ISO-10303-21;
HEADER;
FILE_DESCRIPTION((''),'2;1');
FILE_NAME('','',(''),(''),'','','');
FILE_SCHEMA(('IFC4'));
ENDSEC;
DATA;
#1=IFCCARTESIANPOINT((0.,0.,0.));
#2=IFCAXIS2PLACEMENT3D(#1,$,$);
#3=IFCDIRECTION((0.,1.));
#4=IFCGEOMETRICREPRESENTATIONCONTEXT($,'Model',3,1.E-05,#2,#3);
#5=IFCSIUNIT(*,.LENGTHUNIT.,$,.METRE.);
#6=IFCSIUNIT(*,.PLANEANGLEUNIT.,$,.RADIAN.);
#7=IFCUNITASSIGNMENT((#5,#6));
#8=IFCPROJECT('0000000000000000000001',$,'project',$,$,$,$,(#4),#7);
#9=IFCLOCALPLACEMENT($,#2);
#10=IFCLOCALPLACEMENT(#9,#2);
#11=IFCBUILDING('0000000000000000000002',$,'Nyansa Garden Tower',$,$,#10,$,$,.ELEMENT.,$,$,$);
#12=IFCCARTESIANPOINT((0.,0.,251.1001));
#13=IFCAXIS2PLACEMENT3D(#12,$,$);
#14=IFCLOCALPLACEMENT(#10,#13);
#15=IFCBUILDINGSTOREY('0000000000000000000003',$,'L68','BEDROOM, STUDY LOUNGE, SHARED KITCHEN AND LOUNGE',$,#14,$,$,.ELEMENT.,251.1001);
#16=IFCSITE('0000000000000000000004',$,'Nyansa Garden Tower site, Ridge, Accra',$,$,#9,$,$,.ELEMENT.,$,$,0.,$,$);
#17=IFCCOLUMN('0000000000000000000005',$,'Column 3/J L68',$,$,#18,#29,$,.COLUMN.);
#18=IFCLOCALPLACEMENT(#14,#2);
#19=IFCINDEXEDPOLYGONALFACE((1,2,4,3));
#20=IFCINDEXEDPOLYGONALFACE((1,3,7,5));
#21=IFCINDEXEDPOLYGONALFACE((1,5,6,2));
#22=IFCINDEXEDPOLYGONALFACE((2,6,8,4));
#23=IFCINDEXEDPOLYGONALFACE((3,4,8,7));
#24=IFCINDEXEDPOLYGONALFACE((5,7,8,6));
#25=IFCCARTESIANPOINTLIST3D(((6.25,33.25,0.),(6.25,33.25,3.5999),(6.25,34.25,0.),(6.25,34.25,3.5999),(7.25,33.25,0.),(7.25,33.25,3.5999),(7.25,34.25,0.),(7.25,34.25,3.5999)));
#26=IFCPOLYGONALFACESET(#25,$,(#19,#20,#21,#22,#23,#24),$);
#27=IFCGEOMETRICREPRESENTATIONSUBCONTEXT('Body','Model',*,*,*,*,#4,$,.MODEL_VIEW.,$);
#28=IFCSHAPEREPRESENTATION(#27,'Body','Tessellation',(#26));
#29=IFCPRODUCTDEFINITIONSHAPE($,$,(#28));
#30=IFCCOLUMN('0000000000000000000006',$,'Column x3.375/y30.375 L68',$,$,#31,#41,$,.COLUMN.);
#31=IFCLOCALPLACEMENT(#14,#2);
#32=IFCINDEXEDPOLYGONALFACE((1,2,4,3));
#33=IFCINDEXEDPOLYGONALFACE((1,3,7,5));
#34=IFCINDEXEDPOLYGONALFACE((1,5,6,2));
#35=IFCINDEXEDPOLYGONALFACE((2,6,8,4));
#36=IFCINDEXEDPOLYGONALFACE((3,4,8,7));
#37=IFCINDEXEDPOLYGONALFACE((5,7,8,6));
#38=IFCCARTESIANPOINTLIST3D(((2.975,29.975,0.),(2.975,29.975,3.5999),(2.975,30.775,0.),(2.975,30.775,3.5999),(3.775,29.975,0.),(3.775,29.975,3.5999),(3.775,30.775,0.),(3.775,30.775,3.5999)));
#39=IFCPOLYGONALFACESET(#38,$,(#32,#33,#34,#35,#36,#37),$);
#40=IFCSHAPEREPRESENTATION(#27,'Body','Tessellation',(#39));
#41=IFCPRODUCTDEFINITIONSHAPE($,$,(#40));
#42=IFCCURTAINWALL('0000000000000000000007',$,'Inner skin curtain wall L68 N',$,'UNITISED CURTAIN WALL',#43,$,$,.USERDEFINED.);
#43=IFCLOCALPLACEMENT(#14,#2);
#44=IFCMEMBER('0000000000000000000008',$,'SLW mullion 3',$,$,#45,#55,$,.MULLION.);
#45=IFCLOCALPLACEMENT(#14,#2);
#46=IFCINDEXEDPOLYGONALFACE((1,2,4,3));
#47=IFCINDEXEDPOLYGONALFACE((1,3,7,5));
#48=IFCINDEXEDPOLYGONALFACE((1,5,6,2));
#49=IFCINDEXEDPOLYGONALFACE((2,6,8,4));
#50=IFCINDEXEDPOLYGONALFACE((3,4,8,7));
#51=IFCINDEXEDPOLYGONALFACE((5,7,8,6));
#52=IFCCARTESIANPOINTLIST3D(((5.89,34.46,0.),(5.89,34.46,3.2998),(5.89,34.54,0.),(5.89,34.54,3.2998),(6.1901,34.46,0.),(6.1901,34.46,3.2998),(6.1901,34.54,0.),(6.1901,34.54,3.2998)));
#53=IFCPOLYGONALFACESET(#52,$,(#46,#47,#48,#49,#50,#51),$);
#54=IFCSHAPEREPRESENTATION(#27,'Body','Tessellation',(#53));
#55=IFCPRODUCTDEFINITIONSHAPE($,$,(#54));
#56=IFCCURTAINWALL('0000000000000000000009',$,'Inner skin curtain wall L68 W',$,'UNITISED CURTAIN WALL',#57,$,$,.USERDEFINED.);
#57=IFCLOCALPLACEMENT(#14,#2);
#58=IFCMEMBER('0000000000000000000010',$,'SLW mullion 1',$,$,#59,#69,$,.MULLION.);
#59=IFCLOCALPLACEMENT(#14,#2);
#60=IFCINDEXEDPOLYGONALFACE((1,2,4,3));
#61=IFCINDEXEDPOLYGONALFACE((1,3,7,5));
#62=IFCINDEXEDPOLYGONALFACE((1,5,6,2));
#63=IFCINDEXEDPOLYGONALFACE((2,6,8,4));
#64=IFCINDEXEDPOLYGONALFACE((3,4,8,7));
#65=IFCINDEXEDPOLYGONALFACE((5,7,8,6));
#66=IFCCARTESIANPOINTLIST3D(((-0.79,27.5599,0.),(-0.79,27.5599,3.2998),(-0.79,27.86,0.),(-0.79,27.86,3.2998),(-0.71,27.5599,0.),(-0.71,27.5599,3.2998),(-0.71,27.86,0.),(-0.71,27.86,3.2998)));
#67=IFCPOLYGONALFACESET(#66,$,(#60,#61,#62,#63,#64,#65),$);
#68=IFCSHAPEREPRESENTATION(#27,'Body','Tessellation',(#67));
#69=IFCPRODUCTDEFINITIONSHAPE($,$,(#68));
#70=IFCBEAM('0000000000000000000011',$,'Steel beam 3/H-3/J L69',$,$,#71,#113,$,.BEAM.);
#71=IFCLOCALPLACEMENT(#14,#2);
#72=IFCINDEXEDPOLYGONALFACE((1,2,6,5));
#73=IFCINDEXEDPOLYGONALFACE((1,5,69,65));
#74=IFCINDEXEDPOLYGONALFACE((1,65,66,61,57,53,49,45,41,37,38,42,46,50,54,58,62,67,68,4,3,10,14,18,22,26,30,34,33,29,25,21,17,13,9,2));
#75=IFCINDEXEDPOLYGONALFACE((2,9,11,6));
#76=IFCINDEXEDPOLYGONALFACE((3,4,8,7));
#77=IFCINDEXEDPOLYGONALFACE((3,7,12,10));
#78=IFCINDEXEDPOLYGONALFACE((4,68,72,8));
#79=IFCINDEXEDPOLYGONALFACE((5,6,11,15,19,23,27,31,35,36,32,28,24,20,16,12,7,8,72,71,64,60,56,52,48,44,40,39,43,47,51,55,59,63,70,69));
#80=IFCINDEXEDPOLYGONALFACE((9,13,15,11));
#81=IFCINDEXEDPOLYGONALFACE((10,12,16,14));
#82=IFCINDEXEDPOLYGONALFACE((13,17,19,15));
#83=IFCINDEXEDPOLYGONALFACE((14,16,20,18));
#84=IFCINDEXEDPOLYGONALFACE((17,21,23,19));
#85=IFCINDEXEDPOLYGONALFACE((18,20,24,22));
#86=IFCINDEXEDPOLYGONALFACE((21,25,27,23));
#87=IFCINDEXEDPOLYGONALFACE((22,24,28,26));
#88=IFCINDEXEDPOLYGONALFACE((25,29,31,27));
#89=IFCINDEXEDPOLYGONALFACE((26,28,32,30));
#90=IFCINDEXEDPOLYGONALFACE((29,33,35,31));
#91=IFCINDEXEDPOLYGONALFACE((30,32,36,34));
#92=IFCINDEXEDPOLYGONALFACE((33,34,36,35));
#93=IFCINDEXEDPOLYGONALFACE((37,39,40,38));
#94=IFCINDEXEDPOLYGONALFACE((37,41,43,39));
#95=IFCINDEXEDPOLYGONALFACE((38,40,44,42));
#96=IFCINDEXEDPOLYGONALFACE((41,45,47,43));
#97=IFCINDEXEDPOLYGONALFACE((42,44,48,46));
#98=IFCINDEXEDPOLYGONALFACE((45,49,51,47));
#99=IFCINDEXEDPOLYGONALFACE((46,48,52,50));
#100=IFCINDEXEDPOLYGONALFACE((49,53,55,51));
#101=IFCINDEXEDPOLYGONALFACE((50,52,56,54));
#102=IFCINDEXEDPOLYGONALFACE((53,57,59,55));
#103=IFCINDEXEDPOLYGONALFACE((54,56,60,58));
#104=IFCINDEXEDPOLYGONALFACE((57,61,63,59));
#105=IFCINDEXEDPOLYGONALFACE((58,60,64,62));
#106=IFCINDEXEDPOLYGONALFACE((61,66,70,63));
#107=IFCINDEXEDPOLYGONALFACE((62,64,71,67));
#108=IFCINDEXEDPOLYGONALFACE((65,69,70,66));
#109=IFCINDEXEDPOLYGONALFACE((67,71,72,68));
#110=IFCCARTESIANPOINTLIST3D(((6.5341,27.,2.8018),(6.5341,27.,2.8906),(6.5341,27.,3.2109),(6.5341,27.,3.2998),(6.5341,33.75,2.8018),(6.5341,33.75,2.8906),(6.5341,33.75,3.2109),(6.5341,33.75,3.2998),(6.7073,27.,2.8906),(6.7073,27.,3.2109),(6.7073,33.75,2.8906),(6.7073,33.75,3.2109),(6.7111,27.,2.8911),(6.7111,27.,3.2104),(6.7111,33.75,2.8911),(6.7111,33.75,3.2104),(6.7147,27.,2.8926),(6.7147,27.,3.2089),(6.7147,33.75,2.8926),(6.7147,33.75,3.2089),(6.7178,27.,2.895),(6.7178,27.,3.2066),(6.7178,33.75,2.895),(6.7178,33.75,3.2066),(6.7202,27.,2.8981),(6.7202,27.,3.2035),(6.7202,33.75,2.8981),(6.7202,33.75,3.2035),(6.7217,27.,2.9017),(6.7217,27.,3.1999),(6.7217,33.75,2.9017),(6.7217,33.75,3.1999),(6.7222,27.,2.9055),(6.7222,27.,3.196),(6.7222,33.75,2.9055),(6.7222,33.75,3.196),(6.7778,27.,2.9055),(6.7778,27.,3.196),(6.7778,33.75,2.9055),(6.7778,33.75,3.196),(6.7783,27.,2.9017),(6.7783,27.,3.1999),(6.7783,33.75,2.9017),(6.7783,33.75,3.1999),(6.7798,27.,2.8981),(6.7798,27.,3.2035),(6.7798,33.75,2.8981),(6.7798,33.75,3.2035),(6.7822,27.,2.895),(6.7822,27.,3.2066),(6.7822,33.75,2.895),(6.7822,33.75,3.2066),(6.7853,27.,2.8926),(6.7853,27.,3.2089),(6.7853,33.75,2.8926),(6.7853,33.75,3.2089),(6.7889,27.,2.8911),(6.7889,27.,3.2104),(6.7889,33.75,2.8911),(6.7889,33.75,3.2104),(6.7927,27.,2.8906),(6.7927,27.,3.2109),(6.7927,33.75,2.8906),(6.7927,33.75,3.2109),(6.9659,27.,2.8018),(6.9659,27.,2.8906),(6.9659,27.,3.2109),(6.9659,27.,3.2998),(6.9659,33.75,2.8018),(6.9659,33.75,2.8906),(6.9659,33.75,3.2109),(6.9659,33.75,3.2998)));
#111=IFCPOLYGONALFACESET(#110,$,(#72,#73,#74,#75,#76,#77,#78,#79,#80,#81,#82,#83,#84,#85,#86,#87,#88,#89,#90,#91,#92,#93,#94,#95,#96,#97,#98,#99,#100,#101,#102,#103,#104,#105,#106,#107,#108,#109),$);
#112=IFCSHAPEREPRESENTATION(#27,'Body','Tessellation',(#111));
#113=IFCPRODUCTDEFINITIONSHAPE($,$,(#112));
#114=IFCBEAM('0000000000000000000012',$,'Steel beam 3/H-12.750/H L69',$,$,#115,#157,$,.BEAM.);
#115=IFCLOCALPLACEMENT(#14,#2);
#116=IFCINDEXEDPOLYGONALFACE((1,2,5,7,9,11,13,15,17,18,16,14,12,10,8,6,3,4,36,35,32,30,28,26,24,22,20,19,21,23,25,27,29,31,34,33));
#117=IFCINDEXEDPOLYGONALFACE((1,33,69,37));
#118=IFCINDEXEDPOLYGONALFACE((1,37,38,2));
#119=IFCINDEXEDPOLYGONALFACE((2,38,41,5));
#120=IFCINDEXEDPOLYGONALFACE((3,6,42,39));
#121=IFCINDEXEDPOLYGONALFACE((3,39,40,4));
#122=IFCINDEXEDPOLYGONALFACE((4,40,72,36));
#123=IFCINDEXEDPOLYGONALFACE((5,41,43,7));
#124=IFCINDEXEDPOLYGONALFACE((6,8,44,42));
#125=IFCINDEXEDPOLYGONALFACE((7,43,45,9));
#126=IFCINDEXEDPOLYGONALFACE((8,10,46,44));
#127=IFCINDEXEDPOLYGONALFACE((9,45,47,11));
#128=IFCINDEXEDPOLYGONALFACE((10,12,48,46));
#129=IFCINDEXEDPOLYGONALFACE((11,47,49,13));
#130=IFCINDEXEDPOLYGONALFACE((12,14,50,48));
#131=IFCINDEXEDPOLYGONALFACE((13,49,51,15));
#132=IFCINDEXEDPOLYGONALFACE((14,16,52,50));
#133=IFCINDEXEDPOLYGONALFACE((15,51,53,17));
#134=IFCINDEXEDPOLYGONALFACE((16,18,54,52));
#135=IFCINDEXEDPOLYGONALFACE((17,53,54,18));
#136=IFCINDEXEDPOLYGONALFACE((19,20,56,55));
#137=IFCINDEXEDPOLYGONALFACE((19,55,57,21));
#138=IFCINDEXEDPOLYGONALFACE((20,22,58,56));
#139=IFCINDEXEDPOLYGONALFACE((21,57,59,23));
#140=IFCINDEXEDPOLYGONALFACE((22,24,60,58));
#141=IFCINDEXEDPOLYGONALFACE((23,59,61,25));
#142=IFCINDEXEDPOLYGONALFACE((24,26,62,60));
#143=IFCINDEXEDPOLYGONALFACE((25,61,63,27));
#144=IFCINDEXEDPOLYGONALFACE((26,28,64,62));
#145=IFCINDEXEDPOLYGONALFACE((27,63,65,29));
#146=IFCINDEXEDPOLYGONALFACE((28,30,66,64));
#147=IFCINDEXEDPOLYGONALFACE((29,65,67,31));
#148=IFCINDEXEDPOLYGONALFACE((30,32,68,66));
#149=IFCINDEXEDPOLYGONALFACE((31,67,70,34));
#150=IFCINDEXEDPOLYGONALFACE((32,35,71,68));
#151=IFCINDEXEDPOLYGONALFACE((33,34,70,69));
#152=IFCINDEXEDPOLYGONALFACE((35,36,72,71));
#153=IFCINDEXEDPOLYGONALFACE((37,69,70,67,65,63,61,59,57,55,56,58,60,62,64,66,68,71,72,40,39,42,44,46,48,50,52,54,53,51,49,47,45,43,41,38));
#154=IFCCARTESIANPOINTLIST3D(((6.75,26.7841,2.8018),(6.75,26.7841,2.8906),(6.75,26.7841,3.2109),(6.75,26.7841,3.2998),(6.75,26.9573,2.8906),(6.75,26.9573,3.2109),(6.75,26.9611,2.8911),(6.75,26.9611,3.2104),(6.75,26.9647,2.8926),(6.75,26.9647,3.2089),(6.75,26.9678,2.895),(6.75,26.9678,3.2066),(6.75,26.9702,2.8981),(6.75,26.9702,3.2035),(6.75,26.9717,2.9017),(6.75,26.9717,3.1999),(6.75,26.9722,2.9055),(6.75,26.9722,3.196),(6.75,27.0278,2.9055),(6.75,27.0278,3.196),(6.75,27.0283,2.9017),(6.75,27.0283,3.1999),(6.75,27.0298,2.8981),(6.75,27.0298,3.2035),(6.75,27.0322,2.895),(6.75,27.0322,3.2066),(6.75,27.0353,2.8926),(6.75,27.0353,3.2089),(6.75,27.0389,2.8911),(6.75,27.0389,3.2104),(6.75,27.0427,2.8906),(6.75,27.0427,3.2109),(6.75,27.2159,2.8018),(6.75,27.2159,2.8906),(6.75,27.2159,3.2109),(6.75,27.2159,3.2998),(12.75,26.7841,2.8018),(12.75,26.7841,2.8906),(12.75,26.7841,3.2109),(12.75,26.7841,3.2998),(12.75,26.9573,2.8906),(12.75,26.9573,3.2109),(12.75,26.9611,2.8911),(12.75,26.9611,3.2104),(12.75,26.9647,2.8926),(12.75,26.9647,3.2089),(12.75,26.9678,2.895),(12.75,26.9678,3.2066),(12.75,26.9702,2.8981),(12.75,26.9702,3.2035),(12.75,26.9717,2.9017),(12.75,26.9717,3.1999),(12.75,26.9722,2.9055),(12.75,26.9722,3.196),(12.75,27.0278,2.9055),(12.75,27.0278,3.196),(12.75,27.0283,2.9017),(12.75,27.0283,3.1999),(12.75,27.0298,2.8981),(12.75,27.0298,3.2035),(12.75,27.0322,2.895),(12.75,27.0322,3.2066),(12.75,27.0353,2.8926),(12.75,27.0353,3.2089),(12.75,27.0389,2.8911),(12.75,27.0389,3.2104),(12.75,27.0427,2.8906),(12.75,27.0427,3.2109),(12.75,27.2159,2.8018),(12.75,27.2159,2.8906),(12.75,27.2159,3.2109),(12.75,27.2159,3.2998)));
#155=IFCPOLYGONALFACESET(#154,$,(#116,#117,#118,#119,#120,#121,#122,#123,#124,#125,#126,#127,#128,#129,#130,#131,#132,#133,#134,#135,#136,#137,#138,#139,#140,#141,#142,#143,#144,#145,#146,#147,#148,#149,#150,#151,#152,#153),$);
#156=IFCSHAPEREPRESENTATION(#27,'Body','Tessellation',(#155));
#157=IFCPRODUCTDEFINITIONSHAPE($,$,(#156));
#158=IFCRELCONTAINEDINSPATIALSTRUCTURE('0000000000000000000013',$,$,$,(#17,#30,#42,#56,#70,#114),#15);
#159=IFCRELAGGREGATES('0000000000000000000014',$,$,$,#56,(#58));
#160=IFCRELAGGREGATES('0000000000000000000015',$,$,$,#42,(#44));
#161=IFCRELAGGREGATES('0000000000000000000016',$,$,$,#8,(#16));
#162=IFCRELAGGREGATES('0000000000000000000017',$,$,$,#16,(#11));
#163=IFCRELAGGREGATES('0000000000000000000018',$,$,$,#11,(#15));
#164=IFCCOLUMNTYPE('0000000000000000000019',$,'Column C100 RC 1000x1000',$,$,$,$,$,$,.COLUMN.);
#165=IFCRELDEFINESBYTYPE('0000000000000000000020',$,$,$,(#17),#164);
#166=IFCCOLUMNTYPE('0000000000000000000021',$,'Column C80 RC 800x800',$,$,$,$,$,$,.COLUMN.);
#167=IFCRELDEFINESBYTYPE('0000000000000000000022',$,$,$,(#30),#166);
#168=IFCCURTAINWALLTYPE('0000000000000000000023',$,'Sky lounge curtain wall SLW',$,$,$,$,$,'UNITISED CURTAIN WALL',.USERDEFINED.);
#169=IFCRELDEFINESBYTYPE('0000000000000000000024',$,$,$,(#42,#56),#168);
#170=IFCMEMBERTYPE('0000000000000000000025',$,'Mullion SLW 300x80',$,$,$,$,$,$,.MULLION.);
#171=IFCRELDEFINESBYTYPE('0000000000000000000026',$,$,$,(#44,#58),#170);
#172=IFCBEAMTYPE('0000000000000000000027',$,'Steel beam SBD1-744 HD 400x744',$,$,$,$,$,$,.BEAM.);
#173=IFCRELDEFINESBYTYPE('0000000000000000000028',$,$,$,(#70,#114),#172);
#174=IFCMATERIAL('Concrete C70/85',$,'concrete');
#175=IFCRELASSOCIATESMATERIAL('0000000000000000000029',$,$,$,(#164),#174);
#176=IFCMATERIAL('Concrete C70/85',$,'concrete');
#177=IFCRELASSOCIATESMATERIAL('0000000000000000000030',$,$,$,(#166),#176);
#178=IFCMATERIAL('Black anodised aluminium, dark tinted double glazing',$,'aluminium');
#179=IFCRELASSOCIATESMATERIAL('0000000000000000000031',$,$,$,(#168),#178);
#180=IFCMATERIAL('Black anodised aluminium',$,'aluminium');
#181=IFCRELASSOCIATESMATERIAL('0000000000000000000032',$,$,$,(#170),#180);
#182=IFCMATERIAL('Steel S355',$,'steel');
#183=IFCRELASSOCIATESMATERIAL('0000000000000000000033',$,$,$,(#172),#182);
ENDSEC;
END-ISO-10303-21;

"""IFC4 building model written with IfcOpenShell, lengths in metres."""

from ifc_helpers import new_model, si_unit, direction, frame, origin, origin_2d, place, context, subcontext, project, spatial, rectangle, i_section, extrude, material, material_profile, profile_set, type_object, element, aggregate, save


model = new_model("IFC4")

# Units and contexts
model_context = context("Model", 3, precision=1e-05, world=origin(), true_north=direction((0.0, 1.0)))
body_context = subcontext(model_context, "Body", "Model", "MODEL_VIEW")
ifc_project = project(units=[si_unit("LENGTHUNIT", "METRE"), si_unit("PLANEANGLEUNIT", "RADIAN")], contexts=[model_context])

# Site, building, storey
site_placement = place(None, origin())
site = spatial("IfcSite", under=ifc_project, at=site_placement, Name="Nyansa Garden Tower site, Ridge, Accra", CompositionType="ELEMENT", RefElevation=0.0)
building_placement = place(site_placement, origin())
building = spatial("IfcBuilding", under=site, at=building_placement, Name="Nyansa Garden Tower", CompositionType="ELEMENT")
storey_placement = place(building_placement, frame((0.0, 0.0, 251.1001)))
storey = spatial("IfcBuildingStorey", under=building, at=storey_placement, Name="L68", Description="BEDROOM, STUDY LOUNGE, SHARED KITCHEN AND LOUNGE", CompositionType="ELEMENT", Elevation=251.1001)

# Columns
ifc_material_1 = material(Name="Concrete C70/85", Category="concrete")
ifc_material_profile_1 = material_profile(ifc_material_1, rectangle(XDim=1.0, YDim=1.0, at=origin_2d()), Name="RC 1000x1000")
ifc_profile_set_1 = profile_set([ifc_material_profile_1], Name="Concrete C70/85")
column_type_1 = type_object("IfcColumnType", Name="Column C100 RC 1000x1000", PredefinedType="COLUMN", material=ifc_profile_set_1)
column_1_placement = place(storey_placement, frame((6.75, 33.75, 0.0), z_axis=(0.0, 0.0, 1.0), x_axis=(1.0, 0.0, 0.0)))
element("IfcColumn", 1, at=column_1_placement, inside=storey, type_object=column_type_1, Name="Column 3/J L68", PredefinedType="COLUMN", context=body_context, shape_type="SweptSolid", body=[
    extrude(rectangle(XDim=1.0, YDim=1.0, at=origin_2d()), origin(), (0.0, 0.0, 1.0), 3.5999),
])
ifc_material_2 = material(Name="Concrete C70/85", Category="concrete")
ifc_material_profile_2 = material_profile(ifc_material_2, rectangle(XDim=0.8, YDim=0.8, at=origin_2d()), Name="RC 800x800")
ifc_profile_set_2 = profile_set([ifc_material_profile_2], Name="Concrete C70/85")
column_type_2 = type_object("IfcColumnType", Name="Column C80 RC 800x800", PredefinedType="COLUMN", material=ifc_profile_set_2)
column_2_placement = place(storey_placement, frame((3.375, 30.375, 0.0), z_axis=(0.0, 0.0, 1.0), x_axis=(1.0, 0.0, 0.0)))
element("IfcColumn", 2, at=column_2_placement, inside=storey, type_object=column_type_2, Name="Column x3.375/y30.375 L68", PredefinedType="COLUMN", context=body_context, shape_type="SweptSolid", body=[
    extrude(rectangle(XDim=0.8, YDim=0.8, at=origin_2d()), origin(), (0.0, 0.0, 1.0), 3.5999),
])

# Curtain walls, members
ifc_material_3 = material(Name="Black anodised aluminium, dark tinted double glazing", Category="aluminium")
curtain_wall_type = type_object("IfcCurtainWallType", Name="Sky lounge curtain wall SLW", ElementType="UNITISED CURTAIN WALL", PredefinedType="USERDEFINED", material=ifc_material_3)
curtain_wall_1_placement = place(storey_placement, origin())
curtain_wall_1 = element("IfcCurtainWall", 3, at=curtain_wall_1_placement, inside=storey, type_object=curtain_wall_type, Name="Inner skin curtain wall L68 N", ObjectType="UNITISED CURTAIN WALL", PredefinedType="USERDEFINED")
ifc_material_4 = material(Name="Black anodised aluminium", Category="aluminium")
ifc_material_profile_3 = material_profile(ifc_material_4, rectangle(XDim=0.0801, YDim=0.3, at=origin_2d()), Name="Mullion 300x80")
ifc_profile_set_3 = profile_set([ifc_material_profile_3], Name="Black anodised aluminium")
member_type_1 = type_object("IfcMemberType", Name="Mullion SLW 300x80", PredefinedType="MULLION", material=ifc_profile_set_3)
member_1_placement = place(storey_placement, frame((6.04, 34.5, 0.0), z_axis=(0.0, 0.0, 1.0), x_axis=(0.0, -1.0, 0.0)))
member_1 = element("IfcMember", 4, at=member_1_placement, type_object=member_type_1, Name="SLW mullion 3", PredefinedType="MULLION", context=body_context, shape_type="SweptSolid", body=[
    extrude(rectangle(XDim=0.0801, YDim=0.3, at=origin_2d()), origin(), (0.0, 0.0, 1.0), 3.2998),
])
curtain_wall_2_placement = place(storey_placement, origin())
curtain_wall_2 = element("IfcCurtainWall", 5, at=curtain_wall_2_placement, inside=storey, type_object=curtain_wall_type, Name="Inner skin curtain wall L68 W", ObjectType="UNITISED CURTAIN WALL", PredefinedType="USERDEFINED")
member_2_placement = place(storey_placement, frame((-0.75, 27.71, 0.0), z_axis=(0.0, 0.0, 1.0), x_axis=(1.0, 0.0, 0.0)))
member_2 = element("IfcMember", 6, at=member_2_placement, type_object=member_type_1, Name="SLW mullion 1", PredefinedType="MULLION", context=body_context, shape_type="SweptSolid", body=[
    extrude(rectangle(XDim=0.0801, YDim=0.3, at=origin_2d()), origin(), (0.0, 0.0, 1.0), 3.2998),
])

# Beams
ifc_material_5 = material(Name="Steel S355", Category="steel")
ifc_material_profile_4 = material_profile(ifc_material_5, i_section(OverallWidth=0.4319, OverallDepth=0.498, WebThickness=0.0557, FlangeThickness=0.0889, FilletRadius=0.0149, at=origin_2d()), Name="HD 400x744")
ifc_profile_set_4 = profile_set([ifc_material_profile_4], Name="Steel S355")
beam_type_1 = type_object("IfcBeamType", Name="Steel beam SBD1-744 HD 400x744", PredefinedType="BEAM", material=ifc_profile_set_4)
beam_1_placement = place(storey_placement, frame((6.75, 27.0, 3.0508), z_axis=(0.0, 1.0, 0.0), x_axis=(-1.0, 0.0, 0.0)))
element("IfcBeam", 7, at=beam_1_placement, inside=storey, type_object=beam_type_1, Name="Steel beam 3/H-3/J L69", PredefinedType="BEAM", context=body_context, shape_type="SweptSolid", body=[
    extrude(i_section(OverallWidth=0.4319, OverallDepth=0.498, WebThickness=0.0557, FlangeThickness=0.0889, FilletRadius=0.0149, at=origin_2d()), origin(), (0.0, 0.0, 1.0), 6.75),
])
beam_2_placement = place(storey_placement, frame((6.75, 27.0, 3.0508), z_axis=(1.0, 0.0, 0.0), x_axis=(0.0, 1.0, 0.0)))
element("IfcBeam", 8, at=beam_2_placement, inside=storey, type_object=beam_type_1, Name="Steel beam 3/H-12.750/H L69", PredefinedType="BEAM", context=body_context, shape_type="SweptSolid", body=[
    extrude(i_section(OverallWidth=0.4319, OverallDepth=0.498, WebThickness=0.0557, FlangeThickness=0.0889, FilletRadius=0.0149, at=origin_2d()), origin(), (0.0, 0.0, 1.0), 6.0),
])

aggregate(curtain_wall_2, [member_2])

aggregate(curtain_wall_1, [member_1])

save(model, "model.ifc")
